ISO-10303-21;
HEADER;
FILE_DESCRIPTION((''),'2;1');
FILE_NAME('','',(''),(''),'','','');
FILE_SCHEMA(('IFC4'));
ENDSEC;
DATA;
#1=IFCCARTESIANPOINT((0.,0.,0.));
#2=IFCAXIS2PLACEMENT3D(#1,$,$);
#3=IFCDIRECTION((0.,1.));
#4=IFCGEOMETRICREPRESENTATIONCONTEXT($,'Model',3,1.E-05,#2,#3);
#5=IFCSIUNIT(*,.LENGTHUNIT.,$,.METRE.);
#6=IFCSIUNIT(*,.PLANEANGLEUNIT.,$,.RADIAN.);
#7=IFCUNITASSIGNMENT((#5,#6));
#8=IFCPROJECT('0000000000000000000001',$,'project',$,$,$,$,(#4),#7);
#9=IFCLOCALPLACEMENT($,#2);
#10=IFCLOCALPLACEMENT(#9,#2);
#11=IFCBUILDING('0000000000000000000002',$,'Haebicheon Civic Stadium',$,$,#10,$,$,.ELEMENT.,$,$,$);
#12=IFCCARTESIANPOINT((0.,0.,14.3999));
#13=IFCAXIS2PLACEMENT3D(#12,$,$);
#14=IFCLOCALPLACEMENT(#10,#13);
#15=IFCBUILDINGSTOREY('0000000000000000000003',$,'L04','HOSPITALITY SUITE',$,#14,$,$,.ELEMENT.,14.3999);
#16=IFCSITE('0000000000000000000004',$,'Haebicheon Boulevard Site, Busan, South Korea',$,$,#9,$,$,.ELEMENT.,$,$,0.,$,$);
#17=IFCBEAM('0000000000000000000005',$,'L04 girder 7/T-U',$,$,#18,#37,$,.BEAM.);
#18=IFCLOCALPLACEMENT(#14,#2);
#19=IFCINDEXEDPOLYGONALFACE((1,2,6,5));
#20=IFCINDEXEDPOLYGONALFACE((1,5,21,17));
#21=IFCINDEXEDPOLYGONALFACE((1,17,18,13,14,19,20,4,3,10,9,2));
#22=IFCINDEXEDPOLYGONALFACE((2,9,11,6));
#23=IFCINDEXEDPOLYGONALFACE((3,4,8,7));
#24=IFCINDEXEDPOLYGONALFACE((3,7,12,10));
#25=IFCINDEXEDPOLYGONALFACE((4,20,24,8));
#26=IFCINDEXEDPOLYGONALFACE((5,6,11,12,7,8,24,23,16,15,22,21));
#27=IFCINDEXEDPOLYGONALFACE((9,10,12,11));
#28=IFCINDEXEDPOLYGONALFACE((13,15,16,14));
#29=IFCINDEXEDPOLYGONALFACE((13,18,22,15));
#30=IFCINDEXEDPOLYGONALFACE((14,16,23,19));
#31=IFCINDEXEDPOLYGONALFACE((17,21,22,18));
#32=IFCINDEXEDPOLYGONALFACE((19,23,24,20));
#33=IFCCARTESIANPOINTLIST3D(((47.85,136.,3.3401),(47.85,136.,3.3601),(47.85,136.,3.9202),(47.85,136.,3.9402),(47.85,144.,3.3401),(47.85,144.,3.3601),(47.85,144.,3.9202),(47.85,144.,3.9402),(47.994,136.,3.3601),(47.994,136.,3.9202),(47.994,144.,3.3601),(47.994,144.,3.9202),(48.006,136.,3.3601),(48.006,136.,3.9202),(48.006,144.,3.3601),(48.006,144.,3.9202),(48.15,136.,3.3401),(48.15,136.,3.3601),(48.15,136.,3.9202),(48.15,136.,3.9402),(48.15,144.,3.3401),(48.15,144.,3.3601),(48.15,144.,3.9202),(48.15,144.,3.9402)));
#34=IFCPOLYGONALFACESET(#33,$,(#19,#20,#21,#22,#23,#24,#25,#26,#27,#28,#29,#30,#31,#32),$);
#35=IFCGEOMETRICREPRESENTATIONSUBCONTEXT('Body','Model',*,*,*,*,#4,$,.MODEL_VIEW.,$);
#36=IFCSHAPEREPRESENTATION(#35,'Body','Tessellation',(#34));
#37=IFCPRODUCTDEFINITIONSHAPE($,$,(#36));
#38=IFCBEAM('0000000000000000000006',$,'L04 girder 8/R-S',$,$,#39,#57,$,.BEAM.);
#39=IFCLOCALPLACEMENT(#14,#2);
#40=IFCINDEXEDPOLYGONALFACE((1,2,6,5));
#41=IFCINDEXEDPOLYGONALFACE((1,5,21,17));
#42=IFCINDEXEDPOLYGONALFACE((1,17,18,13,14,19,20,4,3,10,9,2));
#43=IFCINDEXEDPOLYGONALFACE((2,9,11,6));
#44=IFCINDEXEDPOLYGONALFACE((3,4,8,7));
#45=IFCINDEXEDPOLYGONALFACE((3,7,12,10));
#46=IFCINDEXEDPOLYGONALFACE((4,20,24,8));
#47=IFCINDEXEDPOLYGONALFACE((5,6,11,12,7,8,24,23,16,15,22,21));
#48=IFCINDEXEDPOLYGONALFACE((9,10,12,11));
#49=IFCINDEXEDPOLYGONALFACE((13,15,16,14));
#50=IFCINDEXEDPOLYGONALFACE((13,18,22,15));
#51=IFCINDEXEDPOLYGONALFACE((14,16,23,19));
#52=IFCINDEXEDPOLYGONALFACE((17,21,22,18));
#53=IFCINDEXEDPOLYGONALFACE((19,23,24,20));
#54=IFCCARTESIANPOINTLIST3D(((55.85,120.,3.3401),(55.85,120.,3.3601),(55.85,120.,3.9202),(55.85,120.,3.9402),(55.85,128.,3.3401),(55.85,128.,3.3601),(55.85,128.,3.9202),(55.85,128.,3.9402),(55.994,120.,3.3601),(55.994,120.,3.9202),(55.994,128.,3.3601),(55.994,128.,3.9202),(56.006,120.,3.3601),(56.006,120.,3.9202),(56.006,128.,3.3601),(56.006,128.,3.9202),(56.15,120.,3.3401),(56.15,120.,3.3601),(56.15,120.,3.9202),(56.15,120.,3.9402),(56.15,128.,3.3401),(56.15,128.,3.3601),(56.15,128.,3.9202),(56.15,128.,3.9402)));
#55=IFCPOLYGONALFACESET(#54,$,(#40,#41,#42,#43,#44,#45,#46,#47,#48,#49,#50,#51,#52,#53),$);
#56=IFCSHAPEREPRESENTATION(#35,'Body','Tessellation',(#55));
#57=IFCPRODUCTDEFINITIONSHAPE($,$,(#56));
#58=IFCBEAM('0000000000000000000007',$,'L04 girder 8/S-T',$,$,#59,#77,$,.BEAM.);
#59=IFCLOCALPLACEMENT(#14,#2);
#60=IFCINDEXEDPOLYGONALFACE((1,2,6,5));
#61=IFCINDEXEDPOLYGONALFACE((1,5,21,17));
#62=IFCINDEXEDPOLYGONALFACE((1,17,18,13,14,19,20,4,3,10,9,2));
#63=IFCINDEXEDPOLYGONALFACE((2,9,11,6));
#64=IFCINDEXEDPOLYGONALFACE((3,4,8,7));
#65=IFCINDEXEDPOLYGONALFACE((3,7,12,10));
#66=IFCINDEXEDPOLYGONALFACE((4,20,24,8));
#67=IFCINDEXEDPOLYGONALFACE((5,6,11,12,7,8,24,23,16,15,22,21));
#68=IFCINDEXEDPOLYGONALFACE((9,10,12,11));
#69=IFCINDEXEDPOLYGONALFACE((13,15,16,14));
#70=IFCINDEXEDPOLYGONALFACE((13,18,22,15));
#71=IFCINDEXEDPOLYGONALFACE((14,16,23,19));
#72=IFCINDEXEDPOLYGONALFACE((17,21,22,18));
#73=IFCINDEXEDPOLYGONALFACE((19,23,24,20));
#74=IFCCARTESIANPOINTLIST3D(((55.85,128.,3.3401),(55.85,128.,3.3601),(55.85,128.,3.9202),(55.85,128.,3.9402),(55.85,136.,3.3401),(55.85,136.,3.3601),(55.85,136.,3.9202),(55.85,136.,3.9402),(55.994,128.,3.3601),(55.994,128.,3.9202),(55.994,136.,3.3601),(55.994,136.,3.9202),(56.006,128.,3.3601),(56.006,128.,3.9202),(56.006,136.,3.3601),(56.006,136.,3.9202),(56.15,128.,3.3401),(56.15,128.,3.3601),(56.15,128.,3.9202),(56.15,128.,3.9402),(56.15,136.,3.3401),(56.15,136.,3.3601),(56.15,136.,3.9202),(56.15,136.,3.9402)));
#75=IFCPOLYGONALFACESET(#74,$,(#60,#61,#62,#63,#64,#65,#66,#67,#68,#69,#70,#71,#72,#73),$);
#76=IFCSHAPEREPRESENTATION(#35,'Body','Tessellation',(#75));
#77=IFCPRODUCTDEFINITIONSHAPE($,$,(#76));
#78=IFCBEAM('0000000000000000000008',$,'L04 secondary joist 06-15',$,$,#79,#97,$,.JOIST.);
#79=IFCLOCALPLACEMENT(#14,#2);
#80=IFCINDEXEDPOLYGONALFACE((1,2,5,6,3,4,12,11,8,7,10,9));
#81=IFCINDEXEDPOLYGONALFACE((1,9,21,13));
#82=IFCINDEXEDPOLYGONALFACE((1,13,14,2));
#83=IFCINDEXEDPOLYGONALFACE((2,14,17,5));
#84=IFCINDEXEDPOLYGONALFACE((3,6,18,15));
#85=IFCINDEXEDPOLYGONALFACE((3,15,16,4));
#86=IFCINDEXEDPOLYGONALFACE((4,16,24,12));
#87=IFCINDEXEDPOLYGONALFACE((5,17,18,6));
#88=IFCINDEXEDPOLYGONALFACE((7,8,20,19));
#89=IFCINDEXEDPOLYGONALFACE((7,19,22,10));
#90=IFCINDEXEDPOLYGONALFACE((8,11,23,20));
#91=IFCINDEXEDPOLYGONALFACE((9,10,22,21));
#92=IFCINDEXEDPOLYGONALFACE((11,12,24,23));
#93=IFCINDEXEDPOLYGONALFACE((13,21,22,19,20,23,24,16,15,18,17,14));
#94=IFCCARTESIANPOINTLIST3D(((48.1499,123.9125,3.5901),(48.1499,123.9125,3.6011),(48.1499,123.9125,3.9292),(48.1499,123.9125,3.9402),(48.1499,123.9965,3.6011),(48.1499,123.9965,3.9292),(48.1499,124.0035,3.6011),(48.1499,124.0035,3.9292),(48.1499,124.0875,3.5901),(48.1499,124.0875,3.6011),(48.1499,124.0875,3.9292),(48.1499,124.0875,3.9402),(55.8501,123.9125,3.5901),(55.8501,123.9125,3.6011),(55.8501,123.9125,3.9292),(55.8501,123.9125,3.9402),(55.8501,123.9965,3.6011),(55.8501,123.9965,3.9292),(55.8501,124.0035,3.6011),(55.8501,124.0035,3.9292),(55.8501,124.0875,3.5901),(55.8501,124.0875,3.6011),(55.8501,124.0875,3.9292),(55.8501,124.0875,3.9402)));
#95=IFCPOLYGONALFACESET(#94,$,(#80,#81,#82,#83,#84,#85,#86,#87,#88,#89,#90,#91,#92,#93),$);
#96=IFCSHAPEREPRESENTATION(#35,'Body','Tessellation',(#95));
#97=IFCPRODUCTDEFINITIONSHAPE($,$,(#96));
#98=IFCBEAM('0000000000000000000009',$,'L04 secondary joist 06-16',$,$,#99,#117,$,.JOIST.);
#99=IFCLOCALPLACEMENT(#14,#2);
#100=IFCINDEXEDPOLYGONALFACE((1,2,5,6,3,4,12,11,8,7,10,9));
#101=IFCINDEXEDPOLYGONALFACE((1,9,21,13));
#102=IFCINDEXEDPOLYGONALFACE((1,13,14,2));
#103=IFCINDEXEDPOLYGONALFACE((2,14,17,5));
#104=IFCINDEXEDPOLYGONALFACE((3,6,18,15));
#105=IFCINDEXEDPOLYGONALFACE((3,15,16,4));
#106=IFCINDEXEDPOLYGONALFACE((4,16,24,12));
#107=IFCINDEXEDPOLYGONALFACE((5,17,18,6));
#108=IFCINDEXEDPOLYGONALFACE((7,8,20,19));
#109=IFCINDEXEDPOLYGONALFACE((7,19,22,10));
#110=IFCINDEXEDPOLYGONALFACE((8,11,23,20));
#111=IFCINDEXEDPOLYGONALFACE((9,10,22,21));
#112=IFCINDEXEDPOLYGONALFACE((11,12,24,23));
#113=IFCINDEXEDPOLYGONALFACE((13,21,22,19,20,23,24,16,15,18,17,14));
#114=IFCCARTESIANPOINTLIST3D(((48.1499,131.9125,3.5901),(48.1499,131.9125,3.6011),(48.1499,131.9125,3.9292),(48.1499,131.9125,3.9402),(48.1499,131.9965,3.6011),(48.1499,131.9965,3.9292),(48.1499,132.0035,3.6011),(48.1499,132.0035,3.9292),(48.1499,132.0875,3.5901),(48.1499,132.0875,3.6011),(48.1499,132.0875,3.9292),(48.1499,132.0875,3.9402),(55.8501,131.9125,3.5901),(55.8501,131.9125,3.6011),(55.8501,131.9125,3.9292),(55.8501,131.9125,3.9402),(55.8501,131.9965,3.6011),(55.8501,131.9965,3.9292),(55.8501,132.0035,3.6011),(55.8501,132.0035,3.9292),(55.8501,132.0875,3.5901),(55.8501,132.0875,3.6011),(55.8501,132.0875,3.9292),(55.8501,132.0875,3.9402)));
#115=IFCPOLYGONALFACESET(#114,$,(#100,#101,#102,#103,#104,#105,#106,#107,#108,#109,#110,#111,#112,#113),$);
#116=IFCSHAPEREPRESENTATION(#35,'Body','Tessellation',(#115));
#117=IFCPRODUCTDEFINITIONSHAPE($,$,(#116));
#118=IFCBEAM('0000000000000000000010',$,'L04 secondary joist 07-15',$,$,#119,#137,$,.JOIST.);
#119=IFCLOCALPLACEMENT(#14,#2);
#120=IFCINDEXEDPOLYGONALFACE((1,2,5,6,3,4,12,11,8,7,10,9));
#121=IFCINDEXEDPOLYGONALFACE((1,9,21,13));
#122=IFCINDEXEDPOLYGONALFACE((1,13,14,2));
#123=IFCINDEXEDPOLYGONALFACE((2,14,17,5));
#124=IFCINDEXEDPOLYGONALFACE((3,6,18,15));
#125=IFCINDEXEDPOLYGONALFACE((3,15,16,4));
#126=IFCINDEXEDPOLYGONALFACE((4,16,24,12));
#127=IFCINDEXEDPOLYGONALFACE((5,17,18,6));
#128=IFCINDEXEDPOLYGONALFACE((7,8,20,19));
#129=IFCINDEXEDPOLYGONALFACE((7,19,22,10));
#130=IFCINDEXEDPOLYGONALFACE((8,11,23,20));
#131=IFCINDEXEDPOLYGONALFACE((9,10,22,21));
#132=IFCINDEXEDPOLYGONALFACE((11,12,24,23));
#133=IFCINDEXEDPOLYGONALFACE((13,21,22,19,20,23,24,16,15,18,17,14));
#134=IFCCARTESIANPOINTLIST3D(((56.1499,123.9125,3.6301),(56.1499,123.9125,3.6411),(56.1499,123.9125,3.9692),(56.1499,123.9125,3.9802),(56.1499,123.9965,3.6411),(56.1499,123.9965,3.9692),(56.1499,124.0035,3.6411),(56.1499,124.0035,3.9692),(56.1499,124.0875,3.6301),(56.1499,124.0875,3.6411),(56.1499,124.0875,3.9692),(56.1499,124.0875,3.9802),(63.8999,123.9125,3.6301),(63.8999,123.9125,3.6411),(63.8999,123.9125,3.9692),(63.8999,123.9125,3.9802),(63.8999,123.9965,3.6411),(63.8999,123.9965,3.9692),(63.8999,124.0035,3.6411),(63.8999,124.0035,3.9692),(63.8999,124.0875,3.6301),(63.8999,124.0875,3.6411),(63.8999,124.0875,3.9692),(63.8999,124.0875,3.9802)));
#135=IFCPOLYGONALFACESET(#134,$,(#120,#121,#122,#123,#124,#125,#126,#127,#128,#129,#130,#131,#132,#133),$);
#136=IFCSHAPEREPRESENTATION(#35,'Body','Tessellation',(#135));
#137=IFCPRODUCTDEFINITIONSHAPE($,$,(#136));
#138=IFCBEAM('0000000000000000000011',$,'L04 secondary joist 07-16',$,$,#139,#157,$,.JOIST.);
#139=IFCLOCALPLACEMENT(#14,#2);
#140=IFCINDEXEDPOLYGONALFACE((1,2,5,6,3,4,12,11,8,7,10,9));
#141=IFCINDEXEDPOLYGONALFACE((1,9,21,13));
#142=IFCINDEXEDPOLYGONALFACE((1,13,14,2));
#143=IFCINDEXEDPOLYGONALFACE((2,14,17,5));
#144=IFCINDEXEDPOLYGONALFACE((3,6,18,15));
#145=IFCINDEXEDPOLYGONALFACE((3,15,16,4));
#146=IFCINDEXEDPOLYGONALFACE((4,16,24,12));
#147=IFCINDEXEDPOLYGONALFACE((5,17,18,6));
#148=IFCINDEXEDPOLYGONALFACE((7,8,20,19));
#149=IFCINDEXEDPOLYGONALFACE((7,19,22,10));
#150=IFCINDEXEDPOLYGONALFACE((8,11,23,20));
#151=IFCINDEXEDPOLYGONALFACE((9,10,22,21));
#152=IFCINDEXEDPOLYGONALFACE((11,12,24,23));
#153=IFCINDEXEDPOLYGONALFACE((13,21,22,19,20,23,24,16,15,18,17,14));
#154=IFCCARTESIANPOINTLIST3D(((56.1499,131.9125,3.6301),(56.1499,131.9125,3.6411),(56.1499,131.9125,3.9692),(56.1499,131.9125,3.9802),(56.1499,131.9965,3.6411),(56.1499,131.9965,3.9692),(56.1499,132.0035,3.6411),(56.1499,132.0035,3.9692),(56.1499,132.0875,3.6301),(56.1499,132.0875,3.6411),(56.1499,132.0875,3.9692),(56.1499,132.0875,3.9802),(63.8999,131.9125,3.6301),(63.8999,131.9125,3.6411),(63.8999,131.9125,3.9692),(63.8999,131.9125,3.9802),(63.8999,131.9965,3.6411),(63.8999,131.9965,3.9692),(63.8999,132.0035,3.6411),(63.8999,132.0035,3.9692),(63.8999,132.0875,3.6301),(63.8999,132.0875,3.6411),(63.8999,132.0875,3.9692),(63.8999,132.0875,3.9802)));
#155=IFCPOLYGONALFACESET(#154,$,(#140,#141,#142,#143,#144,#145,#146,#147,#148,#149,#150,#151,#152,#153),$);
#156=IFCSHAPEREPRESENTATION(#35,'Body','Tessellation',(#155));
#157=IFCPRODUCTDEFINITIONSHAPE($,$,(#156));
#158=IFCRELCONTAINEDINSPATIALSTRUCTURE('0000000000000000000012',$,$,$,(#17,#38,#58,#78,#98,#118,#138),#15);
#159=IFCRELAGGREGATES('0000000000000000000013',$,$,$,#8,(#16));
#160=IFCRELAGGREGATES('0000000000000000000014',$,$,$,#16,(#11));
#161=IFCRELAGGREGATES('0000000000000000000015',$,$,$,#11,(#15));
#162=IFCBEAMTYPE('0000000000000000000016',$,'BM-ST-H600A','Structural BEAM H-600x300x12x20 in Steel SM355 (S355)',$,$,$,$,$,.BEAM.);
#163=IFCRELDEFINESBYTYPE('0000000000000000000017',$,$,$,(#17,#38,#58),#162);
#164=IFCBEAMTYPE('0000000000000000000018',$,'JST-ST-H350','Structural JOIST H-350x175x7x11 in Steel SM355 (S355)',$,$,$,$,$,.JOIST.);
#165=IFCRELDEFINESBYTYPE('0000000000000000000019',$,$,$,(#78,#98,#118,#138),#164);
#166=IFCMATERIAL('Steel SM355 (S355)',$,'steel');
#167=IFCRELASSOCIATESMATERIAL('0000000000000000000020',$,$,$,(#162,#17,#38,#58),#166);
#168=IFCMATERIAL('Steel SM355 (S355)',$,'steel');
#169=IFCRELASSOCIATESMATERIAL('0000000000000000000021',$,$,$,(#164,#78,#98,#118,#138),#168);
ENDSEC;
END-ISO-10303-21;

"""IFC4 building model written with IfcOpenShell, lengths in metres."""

from ifc_helpers import new_model, si_unit, direction, frame, origin, origin_2d, place, context, subcontext, project, spatial, i_section, extrude, material, material_profile, profile_set, type_object, element, save


model = new_model("IFC4")

# Units and contexts
model_context = context("Model", 3, precision=1e-05, world=origin(), true_north=direction((0.0, 1.0)))
body_context = subcontext(model_context, "Body", "Model", "MODEL_VIEW")
ifc_project = project(units=[si_unit("LENGTHUNIT", "METRE"), si_unit("PLANEANGLEUNIT", "RADIAN")], contexts=[model_context])

# Site, building, storey
site_placement = place(None, origin())
site = spatial("IfcSite", under=ifc_project, at=site_placement, Name="Haebicheon Boulevard Site, Busan, South Korea", CompositionType="ELEMENT", RefElevation=0.0)
building_placement = place(site_placement, origin())
building = spatial("IfcBuilding", under=site, at=building_placement, Name="Haebicheon Civic Stadium", CompositionType="ELEMENT")
storey_placement = place(building_placement, frame((0.0, 0.0, 14.3999)))
storey = spatial("IfcBuildingStorey", under=building, at=storey_placement, Name="L04", Description="HOSPITALITY SUITE", CompositionType="ELEMENT", Elevation=14.3999)

# Beams
ifc_material_1 = material(Name="Steel SM355 (S355)", Category="steel")
ifc_material_profile_1 = material_profile(ifc_material_1, i_section(OverallWidth=0.3, OverallDepth=0.6001, WebThickness=0.012, FlangeThickness=0.02, at=origin_2d()), Name="H-600x300x12x20")
ifc_profile_set_1 = profile_set([ifc_material_profile_1], Name="Steel SM355 (S355)")
beam_type_1 = type_object("IfcBeamType", Name="BM-ST-H600A", Description="Structural BEAM H-600x300x12x20 in Steel SM355 (S355)", PredefinedType="BEAM", material=ifc_profile_set_1)
for number, where, z_axis, x_axis, name in (
    (1, (48.0, 136.0, 3.6401), (0.0, 1.0, 0.0), (-1.0, 0.0, 0.0), "L04 girder 7/T-U"),
    (2, (56.0, 120.0, 3.6401), (0.0, 1.0, 0.0), (-1.0, 0.0, 0.0), "L04 girder 8/R-S"),
    (3, (56.0, 128.0, 3.6401), (0.0, 1.0, 0.0), (-1.0, 0.0, 0.0), "L04 girder 8/S-T"),
):
    element("IfcBeam", number, at=place(storey_placement, frame(where, z_axis=z_axis, x_axis=x_axis)), inside=storey, type_object=beam_type_1, material=ifc_profile_set_1, Name=name, PredefinedType="BEAM", context=body_context, shape_type="SweptSolid", body=[
        extrude(i_section(OverallWidth=0.3, OverallDepth=0.6001, WebThickness=0.012, FlangeThickness=0.02, at=origin_2d()), origin(), (0.0, 0.0, 1.0), 8.0),
    ])
ifc_material_2 = material(Name="Steel SM355 (S355)", Category="steel")
ifc_material_profile_2 = material_profile(ifc_material_2, i_section(OverallWidth=0.175, OverallDepth=0.3501, WebThickness=0.0071, FlangeThickness=0.011, at=origin_2d()), Name="H-350x175x7x11")
ifc_profile_set_2 = profile_set([ifc_material_profile_2], Name="Steel SM355 (S355)")
beam_type_2 = type_object("IfcBeamType", Name="JST-ST-H350", Description="Structural JOIST H-350x175x7x11 in Steel SM355 (S355)", PredefinedType="JOIST", material=ifc_profile_set_2)
for number, where, z_axis, x_axis, name in (
    (4, (48.1499, 124.0, 3.7651), (1.0, 0.0, 0.0), (0.0, 1.0, 0.0), "L04 secondary joist 06-15"),
    (5, (48.1499, 132.0, 3.7651), (1.0, 0.0, 0.0), (0.0, 1.0, 0.0), "L04 secondary joist 06-16"),
):
    element("IfcBeam", number, at=place(storey_placement, frame(where, z_axis=z_axis, x_axis=x_axis)), inside=storey, type_object=beam_type_2, material=ifc_profile_set_2, Name=name, PredefinedType="JOIST", context=body_context, shape_type="SweptSolid", body=[
        extrude(i_section(OverallWidth=0.175, OverallDepth=0.3501, WebThickness=0.0071, FlangeThickness=0.011, at=origin_2d()), origin(), (0.0, 0.0, 1.0), 7.7002),
    ])
for number, where, z_axis, x_axis, name in (
    (6, (56.1499, 124.0, 3.8052), (1.0, 0.0, 0.0), (0.0, 1.0, 0.0), "L04 secondary joist 07-15"),
    (7, (56.1499, 132.0, 3.8052), (1.0, 0.0, 0.0), (0.0, 1.0, 0.0), "L04 secondary joist 07-16"),
):
    element("IfcBeam", number, at=place(storey_placement, frame(where, z_axis=z_axis, x_axis=x_axis)), inside=storey, type_object=beam_type_2, material=ifc_profile_set_2, Name=name, PredefinedType="JOIST", context=body_context, shape_type="SweptSolid", body=[
        extrude(i_section(OverallWidth=0.175, OverallDepth=0.3501, WebThickness=0.0071, FlangeThickness=0.011, at=origin_2d()), origin(), (0.0, 0.0, 1.0), 7.75),
    ])

save(model, "model.ifc")
